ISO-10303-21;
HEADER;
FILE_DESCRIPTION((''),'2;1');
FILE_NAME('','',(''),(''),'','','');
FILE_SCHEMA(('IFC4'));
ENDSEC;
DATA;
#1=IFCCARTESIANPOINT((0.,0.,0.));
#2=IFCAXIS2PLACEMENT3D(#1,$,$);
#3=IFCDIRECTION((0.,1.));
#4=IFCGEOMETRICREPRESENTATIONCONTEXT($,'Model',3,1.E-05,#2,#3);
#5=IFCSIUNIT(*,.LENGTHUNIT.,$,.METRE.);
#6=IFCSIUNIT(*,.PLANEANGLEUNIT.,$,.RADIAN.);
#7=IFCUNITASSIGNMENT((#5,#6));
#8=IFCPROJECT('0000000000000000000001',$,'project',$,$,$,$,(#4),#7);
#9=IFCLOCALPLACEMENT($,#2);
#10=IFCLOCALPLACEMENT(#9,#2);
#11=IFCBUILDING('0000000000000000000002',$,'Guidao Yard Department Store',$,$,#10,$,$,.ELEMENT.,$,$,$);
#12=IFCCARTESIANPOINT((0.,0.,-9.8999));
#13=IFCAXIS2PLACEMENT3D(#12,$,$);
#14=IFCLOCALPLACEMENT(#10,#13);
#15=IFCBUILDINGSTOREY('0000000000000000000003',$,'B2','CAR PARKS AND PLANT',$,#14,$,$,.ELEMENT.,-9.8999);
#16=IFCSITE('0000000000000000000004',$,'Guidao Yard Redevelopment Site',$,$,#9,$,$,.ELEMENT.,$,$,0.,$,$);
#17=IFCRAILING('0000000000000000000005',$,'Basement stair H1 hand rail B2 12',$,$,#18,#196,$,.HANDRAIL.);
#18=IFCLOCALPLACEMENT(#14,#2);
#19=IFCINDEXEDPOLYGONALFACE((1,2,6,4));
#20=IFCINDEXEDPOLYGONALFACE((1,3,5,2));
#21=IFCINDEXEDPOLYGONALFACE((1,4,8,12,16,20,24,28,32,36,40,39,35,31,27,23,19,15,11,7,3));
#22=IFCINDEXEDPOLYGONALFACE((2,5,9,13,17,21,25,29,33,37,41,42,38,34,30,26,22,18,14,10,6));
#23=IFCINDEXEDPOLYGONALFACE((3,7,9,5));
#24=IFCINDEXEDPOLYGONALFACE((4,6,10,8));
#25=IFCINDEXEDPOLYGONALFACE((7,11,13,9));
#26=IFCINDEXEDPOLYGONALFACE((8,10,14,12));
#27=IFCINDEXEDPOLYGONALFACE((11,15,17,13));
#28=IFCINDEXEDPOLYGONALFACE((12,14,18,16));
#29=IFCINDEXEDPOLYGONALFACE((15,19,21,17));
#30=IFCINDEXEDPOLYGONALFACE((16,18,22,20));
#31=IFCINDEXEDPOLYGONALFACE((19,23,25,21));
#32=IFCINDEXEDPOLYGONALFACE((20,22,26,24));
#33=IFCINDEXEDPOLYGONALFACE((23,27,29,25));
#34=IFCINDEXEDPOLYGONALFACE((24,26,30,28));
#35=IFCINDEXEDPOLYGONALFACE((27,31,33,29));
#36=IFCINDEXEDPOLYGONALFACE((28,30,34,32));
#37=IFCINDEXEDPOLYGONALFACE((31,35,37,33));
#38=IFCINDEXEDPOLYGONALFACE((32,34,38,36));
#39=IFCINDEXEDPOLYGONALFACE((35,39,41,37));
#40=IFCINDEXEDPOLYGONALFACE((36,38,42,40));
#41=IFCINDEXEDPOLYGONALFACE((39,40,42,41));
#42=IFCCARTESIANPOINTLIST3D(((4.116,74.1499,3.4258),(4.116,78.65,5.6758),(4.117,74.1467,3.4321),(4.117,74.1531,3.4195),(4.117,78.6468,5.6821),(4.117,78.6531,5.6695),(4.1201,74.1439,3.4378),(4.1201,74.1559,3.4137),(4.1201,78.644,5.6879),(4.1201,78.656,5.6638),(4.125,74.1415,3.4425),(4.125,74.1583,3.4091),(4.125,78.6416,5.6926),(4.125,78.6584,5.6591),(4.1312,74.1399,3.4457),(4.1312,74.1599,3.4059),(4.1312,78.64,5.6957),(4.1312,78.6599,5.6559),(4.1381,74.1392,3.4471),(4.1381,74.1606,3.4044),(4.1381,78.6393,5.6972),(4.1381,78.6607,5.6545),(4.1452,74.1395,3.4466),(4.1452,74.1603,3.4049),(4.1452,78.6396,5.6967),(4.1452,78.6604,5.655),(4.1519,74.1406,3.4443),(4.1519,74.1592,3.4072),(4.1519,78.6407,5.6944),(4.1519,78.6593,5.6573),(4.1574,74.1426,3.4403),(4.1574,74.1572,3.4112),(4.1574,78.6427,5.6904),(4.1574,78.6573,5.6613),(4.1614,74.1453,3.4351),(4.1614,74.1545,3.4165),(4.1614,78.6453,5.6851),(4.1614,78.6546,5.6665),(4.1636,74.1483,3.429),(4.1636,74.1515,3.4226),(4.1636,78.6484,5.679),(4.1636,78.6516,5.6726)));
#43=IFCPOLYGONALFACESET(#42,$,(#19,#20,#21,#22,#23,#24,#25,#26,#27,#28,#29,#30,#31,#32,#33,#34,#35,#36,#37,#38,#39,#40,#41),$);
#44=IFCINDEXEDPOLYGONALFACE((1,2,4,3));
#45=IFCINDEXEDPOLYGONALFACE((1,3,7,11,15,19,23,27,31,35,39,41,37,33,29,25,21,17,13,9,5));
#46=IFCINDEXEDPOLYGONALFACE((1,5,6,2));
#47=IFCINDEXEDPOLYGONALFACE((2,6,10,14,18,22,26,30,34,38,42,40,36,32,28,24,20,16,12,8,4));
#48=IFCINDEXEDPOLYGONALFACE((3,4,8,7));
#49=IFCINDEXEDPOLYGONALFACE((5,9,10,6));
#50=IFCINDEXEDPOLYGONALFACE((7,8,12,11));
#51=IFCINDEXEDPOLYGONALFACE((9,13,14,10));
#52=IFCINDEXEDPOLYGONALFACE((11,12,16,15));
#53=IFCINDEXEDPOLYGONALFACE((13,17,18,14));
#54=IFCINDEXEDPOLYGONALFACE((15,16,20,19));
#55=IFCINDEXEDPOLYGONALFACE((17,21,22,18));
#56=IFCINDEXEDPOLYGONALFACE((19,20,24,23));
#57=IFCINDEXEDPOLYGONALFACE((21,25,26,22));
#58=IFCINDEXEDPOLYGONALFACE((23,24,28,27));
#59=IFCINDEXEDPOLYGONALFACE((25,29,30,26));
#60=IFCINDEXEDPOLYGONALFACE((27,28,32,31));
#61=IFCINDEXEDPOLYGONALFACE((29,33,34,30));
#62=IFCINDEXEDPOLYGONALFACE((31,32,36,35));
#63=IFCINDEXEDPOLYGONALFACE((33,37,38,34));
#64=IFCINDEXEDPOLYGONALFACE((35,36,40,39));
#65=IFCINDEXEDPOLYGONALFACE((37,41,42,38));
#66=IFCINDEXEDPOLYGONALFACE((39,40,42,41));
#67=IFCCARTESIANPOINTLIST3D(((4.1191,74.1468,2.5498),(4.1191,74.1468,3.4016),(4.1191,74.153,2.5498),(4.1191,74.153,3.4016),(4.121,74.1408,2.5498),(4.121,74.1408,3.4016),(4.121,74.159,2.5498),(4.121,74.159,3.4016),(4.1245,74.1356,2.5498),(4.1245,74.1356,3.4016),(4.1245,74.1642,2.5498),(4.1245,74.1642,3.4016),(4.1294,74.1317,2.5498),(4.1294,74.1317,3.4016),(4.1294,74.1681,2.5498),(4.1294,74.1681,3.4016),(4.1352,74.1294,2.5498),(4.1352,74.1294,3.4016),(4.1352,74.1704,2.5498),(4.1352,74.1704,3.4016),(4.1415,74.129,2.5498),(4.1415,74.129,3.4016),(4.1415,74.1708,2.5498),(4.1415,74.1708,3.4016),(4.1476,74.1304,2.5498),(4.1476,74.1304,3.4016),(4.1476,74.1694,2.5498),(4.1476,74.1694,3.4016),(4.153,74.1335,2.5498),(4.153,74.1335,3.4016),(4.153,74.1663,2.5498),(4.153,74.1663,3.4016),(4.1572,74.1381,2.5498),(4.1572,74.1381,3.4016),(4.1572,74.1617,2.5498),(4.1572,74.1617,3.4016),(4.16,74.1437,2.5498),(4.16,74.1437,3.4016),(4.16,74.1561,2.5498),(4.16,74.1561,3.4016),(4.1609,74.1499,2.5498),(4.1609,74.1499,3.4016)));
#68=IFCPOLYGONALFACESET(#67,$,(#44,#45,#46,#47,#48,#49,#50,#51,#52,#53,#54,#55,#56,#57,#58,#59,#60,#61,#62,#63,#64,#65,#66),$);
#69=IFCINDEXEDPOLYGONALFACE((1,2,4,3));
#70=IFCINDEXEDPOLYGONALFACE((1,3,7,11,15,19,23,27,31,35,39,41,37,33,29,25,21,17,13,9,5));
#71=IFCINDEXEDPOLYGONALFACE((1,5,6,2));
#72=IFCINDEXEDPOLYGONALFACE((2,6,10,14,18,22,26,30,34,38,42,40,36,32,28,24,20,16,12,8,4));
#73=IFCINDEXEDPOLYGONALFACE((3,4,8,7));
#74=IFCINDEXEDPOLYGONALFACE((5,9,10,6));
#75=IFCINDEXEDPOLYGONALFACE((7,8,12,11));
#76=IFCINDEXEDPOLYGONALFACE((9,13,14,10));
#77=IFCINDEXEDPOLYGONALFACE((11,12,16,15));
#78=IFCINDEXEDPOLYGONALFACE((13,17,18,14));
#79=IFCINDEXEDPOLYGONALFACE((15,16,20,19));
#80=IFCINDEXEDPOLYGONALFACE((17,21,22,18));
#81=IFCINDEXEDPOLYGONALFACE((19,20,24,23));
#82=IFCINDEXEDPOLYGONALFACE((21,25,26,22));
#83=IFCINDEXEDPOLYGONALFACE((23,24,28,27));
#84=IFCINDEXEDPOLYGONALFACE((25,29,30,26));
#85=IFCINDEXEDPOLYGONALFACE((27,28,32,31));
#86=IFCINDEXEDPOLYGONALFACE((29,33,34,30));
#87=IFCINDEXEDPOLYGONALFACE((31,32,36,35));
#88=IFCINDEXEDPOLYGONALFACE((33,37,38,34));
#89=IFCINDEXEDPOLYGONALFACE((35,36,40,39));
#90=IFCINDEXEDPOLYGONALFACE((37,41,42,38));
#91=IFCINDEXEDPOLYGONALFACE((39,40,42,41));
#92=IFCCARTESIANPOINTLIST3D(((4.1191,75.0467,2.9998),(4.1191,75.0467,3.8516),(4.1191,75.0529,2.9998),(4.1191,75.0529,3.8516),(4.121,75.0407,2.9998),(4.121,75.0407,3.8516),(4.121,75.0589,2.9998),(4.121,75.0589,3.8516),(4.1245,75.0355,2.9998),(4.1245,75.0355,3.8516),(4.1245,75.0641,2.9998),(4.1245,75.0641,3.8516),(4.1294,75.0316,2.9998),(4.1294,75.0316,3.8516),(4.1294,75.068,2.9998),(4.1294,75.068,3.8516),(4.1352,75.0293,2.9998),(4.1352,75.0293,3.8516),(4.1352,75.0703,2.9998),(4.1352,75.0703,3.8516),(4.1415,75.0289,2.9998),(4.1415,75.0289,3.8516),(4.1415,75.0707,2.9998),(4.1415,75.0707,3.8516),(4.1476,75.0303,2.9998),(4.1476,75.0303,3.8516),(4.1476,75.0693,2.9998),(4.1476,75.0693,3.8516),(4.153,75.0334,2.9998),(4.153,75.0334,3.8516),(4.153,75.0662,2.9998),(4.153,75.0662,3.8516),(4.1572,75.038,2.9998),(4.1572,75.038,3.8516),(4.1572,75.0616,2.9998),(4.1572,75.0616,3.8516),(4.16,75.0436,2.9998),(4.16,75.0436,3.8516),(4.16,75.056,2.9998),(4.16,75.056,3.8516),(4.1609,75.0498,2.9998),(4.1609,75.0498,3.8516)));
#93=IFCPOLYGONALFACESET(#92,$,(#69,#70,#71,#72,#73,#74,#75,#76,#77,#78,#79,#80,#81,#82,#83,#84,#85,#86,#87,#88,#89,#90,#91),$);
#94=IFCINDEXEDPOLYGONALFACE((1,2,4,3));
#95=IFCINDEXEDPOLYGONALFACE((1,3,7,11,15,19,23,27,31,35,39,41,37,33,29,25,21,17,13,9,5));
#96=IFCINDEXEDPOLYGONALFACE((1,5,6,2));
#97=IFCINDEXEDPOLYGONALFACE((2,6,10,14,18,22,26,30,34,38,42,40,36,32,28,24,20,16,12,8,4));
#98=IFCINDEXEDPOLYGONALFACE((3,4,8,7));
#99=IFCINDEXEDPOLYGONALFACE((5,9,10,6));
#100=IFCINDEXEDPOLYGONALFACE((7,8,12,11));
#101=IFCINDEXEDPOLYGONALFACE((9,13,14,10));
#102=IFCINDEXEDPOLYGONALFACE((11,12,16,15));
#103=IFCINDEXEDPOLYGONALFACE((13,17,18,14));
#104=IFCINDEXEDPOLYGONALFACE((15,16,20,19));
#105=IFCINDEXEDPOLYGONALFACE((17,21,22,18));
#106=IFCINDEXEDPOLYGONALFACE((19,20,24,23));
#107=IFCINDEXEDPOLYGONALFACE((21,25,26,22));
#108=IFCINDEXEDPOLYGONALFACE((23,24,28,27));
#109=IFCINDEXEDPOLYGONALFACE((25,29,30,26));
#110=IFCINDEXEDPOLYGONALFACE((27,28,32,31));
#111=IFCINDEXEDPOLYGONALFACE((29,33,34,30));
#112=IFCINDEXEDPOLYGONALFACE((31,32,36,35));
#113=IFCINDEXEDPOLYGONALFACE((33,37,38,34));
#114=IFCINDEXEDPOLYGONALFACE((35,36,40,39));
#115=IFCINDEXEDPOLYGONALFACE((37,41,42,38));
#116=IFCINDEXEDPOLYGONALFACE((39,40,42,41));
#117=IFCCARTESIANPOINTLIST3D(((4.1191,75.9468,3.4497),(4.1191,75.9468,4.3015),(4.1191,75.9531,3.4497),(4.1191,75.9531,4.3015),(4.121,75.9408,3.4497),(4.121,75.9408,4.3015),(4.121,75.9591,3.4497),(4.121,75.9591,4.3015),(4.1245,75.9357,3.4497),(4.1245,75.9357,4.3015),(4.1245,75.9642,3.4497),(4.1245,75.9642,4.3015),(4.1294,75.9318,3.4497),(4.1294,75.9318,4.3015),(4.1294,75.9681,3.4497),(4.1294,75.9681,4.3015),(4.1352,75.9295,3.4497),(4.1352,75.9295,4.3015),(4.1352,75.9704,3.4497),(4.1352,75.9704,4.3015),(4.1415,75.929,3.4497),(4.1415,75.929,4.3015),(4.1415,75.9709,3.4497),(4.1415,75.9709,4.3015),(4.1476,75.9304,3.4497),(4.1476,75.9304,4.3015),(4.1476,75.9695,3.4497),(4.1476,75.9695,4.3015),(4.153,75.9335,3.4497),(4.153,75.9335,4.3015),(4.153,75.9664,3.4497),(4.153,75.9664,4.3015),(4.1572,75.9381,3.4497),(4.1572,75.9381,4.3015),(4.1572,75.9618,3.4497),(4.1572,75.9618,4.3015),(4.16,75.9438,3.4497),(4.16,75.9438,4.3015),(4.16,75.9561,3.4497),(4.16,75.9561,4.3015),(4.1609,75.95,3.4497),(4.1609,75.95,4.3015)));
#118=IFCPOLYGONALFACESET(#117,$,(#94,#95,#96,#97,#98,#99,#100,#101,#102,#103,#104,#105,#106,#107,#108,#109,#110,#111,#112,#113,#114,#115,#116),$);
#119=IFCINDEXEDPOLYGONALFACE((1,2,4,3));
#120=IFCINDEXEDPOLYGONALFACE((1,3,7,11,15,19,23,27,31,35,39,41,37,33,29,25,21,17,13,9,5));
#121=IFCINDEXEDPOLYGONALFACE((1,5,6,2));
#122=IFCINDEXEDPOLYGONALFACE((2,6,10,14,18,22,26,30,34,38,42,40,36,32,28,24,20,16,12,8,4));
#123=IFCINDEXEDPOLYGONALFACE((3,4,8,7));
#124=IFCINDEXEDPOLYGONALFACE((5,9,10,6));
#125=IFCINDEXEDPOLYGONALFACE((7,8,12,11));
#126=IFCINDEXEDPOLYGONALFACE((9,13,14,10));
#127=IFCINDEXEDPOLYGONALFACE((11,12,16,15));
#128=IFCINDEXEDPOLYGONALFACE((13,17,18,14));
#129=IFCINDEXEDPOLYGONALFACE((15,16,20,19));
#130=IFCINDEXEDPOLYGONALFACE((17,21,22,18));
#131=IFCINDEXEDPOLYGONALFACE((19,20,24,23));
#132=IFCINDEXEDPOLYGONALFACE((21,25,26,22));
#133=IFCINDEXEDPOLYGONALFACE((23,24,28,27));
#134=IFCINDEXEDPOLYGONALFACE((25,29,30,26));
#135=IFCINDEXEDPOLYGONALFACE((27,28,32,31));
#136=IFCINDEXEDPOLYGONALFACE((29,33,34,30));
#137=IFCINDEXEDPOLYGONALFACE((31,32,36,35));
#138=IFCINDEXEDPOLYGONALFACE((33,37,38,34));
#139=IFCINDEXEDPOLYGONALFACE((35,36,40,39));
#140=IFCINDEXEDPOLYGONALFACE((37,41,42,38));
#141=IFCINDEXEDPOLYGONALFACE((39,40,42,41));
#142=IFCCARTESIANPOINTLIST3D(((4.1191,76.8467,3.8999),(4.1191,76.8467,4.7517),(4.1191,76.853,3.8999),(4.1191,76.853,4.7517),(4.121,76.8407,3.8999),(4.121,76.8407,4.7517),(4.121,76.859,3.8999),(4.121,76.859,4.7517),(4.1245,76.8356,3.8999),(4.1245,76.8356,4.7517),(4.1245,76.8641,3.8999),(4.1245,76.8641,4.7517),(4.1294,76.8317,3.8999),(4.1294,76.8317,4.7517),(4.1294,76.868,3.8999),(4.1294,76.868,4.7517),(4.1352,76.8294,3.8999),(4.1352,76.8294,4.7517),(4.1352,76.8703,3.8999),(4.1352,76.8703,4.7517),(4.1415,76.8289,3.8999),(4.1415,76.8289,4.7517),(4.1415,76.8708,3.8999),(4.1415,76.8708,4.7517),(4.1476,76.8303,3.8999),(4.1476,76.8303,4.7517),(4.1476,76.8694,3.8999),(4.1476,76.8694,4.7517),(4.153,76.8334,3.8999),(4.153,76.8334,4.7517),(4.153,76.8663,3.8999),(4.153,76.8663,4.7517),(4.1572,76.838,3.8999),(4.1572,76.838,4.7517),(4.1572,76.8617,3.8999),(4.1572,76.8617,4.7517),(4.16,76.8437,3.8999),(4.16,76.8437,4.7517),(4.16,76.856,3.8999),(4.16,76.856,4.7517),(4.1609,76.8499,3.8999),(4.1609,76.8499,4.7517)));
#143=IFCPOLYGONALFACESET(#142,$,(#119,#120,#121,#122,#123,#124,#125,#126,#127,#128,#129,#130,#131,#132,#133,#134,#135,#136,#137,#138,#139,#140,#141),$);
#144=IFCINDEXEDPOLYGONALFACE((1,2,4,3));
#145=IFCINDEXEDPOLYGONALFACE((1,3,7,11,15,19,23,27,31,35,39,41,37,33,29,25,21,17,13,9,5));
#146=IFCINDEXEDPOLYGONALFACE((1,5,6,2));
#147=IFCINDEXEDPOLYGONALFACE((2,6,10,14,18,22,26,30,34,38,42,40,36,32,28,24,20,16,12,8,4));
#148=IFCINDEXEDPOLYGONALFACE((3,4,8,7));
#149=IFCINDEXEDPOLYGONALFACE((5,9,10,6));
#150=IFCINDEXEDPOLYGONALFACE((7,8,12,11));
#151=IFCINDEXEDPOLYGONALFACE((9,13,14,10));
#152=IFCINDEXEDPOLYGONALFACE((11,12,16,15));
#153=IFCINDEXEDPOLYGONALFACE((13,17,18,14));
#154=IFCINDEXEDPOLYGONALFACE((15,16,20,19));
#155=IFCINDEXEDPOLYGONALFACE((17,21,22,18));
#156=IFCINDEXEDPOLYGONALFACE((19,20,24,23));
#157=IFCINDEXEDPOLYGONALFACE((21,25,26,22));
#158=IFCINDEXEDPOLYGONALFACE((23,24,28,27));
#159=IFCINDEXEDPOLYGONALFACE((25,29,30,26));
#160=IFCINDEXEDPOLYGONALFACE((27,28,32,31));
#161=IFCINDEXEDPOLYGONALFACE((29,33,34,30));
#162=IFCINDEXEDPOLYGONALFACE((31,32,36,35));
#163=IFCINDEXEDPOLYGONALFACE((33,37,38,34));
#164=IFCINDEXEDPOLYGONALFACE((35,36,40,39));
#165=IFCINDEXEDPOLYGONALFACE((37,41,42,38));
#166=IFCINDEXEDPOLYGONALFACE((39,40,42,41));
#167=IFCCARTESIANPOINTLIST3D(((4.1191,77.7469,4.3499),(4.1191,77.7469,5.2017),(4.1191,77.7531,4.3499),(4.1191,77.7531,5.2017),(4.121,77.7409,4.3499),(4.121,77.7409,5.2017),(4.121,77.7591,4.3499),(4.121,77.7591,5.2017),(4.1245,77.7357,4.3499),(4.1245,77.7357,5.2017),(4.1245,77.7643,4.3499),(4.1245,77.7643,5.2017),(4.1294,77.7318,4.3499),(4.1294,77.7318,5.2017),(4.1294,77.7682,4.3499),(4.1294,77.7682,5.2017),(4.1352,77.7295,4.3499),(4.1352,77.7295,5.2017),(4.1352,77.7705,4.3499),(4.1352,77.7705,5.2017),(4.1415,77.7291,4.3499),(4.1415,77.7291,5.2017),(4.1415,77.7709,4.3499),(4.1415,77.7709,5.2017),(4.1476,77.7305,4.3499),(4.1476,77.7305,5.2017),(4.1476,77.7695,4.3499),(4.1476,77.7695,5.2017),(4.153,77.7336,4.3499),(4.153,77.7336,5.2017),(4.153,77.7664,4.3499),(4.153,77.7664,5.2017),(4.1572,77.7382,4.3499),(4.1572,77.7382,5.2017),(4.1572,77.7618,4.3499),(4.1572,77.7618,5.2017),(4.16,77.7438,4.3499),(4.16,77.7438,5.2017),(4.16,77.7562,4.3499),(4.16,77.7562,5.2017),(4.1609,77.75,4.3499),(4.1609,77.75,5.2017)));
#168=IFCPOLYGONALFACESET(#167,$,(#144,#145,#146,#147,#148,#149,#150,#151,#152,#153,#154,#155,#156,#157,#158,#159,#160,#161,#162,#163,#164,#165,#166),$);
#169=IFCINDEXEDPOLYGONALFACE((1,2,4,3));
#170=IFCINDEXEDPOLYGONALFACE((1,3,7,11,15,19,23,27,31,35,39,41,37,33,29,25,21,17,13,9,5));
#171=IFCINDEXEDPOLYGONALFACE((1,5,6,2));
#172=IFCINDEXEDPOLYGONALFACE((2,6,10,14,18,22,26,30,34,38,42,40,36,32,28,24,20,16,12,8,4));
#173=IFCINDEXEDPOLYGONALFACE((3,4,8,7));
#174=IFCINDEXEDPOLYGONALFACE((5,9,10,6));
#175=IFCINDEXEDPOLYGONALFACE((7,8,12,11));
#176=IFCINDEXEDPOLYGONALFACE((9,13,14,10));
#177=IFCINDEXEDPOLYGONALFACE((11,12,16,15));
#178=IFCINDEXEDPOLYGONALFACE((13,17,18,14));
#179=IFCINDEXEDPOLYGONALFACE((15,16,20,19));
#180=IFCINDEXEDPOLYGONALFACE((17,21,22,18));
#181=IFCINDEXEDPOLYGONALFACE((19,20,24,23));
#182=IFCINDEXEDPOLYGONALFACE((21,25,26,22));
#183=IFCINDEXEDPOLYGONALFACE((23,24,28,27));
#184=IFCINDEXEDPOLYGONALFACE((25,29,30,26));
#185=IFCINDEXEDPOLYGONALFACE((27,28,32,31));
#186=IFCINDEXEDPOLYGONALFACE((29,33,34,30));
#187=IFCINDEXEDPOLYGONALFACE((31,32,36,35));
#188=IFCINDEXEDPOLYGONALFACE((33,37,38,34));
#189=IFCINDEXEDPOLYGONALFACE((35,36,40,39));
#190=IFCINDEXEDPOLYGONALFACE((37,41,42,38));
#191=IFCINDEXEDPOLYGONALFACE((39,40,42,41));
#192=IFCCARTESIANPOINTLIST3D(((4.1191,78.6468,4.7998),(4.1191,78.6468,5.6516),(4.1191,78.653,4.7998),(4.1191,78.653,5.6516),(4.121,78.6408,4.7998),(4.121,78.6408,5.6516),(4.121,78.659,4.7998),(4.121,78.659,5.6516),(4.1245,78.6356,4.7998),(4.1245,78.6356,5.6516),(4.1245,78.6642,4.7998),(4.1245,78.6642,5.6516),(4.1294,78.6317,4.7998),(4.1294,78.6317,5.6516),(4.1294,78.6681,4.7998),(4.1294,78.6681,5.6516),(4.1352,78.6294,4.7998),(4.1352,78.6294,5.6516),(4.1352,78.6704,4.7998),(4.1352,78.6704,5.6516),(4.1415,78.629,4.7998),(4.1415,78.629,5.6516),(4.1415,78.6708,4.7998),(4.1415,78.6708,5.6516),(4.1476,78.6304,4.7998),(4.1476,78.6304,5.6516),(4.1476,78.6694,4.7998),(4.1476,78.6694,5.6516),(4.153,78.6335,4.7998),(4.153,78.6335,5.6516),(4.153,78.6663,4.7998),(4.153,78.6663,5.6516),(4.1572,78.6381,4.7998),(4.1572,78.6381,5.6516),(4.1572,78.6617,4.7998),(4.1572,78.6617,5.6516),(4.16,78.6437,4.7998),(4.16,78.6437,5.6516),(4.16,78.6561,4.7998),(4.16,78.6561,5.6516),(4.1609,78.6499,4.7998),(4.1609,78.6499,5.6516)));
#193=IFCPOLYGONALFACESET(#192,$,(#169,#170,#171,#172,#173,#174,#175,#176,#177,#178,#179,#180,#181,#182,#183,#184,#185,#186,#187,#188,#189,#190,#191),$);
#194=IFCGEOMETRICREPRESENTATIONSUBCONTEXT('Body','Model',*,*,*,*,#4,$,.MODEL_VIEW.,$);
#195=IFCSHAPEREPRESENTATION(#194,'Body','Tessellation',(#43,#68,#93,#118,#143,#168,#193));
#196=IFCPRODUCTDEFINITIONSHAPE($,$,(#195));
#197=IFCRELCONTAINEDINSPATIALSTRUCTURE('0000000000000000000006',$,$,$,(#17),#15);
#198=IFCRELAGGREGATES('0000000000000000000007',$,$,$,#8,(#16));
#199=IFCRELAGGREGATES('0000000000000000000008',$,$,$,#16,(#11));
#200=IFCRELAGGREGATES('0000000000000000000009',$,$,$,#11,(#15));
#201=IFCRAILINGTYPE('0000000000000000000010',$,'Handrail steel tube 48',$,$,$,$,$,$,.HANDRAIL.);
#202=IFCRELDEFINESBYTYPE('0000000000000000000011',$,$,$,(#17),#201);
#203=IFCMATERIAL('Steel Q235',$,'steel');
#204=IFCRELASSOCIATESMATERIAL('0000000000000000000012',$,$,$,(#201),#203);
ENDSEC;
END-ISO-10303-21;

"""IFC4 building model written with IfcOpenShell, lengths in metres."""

from ifc_helpers import new_model, si_unit, direction, frame, origin, origin_2d, place, context, subcontext, project, spatial, circle, extrude, material, type_object, element, save


model = new_model("IFC4")

# Units and contexts
model_context = context("Model", 3, precision=1e-05, world=origin(), true_north=direction((0.0, 1.0)))
body_context = subcontext(model_context, "Body", "Model", "MODEL_VIEW")
ifc_project = project(units=[si_unit("LENGTHUNIT", "METRE"), si_unit("PLANEANGLEUNIT", "RADIAN")], contexts=[model_context])

# Site, building, storey
site_placement = place(None, origin())
site = spatial("IfcSite", under=ifc_project, at=site_placement, Name="Guidao Yard Redevelopment Site", CompositionType="ELEMENT", RefElevation=0.0)
building_placement = place(site_placement, origin())
building = spatial("IfcBuilding", under=site, at=building_placement, Name="Guidao Yard Department Store", CompositionType="ELEMENT")
storey_placement = place(building_placement, frame((0.0, 0.0, -9.8999)))
storey = spatial("IfcBuildingStorey", under=building, at=storey_placement, Name="B2", Description="CAR PARKS AND PLANT", CompositionType="ELEMENT", Elevation=-9.8999)

# Railing
ifc_material_1 = material(Name="Steel Q235", Category="steel")
railing_type_1 = type_object("IfcRailingType", Name="Handrail steel tube 48", PredefinedType="HANDRAIL", material=ifc_material_1)
for number, where, name in (
    (1, (4.1399, 74.1499, 2.5498), "Basement stair H1 hand rail B2 12"),
):
    element("IfcRailing", number, at=place(storey_placement, frame(where)), inside=storey, type_object=railing_type_1, Name=name, PredefinedType="HANDRAIL", context=body_context, shape_type="SweptSolid", body=[
        extrude(circle(Radius=0.0239, at=origin_2d()), frame((0.0, 0.0, 0.876), z_axis=(0.0, 0.894427, 0.447214), x_axis=(-1.0, 0.0, 0.0)), (0.0, 0.0, 1.0), 5.0312),
        extrude(circle(Radius=0.021, at=origin_2d()), origin(), (0.0, 0.0, 1.0), 0.8518),
        extrude(circle(Radius=0.021, at=origin_2d()), frame((0.0, 0.8999, 0.45)), (0.0, 0.0, 1.0), 0.8518),
        extrude(circle(Radius=0.021, at=origin_2d()), frame((0.0, 1.8, 0.8999)), (0.0, 0.0, 1.0), 0.8518),
        extrude(circle(Radius=0.021, at=origin_2d()), frame((0.0, 2.7, 1.3501)), (0.0, 0.0, 1.0), 0.8518),
        extrude(circle(Radius=0.021, at=origin_2d()), frame((0.0, 3.6001, 1.8)), (0.0, 0.0, 1.0), 0.8518),
        extrude(circle(Radius=0.021, at=origin_2d()), frame((0.0, 4.5, 2.25)), (0.0, 0.0, 1.0), 0.8518),
    ])

save(model, "model.ifc")
